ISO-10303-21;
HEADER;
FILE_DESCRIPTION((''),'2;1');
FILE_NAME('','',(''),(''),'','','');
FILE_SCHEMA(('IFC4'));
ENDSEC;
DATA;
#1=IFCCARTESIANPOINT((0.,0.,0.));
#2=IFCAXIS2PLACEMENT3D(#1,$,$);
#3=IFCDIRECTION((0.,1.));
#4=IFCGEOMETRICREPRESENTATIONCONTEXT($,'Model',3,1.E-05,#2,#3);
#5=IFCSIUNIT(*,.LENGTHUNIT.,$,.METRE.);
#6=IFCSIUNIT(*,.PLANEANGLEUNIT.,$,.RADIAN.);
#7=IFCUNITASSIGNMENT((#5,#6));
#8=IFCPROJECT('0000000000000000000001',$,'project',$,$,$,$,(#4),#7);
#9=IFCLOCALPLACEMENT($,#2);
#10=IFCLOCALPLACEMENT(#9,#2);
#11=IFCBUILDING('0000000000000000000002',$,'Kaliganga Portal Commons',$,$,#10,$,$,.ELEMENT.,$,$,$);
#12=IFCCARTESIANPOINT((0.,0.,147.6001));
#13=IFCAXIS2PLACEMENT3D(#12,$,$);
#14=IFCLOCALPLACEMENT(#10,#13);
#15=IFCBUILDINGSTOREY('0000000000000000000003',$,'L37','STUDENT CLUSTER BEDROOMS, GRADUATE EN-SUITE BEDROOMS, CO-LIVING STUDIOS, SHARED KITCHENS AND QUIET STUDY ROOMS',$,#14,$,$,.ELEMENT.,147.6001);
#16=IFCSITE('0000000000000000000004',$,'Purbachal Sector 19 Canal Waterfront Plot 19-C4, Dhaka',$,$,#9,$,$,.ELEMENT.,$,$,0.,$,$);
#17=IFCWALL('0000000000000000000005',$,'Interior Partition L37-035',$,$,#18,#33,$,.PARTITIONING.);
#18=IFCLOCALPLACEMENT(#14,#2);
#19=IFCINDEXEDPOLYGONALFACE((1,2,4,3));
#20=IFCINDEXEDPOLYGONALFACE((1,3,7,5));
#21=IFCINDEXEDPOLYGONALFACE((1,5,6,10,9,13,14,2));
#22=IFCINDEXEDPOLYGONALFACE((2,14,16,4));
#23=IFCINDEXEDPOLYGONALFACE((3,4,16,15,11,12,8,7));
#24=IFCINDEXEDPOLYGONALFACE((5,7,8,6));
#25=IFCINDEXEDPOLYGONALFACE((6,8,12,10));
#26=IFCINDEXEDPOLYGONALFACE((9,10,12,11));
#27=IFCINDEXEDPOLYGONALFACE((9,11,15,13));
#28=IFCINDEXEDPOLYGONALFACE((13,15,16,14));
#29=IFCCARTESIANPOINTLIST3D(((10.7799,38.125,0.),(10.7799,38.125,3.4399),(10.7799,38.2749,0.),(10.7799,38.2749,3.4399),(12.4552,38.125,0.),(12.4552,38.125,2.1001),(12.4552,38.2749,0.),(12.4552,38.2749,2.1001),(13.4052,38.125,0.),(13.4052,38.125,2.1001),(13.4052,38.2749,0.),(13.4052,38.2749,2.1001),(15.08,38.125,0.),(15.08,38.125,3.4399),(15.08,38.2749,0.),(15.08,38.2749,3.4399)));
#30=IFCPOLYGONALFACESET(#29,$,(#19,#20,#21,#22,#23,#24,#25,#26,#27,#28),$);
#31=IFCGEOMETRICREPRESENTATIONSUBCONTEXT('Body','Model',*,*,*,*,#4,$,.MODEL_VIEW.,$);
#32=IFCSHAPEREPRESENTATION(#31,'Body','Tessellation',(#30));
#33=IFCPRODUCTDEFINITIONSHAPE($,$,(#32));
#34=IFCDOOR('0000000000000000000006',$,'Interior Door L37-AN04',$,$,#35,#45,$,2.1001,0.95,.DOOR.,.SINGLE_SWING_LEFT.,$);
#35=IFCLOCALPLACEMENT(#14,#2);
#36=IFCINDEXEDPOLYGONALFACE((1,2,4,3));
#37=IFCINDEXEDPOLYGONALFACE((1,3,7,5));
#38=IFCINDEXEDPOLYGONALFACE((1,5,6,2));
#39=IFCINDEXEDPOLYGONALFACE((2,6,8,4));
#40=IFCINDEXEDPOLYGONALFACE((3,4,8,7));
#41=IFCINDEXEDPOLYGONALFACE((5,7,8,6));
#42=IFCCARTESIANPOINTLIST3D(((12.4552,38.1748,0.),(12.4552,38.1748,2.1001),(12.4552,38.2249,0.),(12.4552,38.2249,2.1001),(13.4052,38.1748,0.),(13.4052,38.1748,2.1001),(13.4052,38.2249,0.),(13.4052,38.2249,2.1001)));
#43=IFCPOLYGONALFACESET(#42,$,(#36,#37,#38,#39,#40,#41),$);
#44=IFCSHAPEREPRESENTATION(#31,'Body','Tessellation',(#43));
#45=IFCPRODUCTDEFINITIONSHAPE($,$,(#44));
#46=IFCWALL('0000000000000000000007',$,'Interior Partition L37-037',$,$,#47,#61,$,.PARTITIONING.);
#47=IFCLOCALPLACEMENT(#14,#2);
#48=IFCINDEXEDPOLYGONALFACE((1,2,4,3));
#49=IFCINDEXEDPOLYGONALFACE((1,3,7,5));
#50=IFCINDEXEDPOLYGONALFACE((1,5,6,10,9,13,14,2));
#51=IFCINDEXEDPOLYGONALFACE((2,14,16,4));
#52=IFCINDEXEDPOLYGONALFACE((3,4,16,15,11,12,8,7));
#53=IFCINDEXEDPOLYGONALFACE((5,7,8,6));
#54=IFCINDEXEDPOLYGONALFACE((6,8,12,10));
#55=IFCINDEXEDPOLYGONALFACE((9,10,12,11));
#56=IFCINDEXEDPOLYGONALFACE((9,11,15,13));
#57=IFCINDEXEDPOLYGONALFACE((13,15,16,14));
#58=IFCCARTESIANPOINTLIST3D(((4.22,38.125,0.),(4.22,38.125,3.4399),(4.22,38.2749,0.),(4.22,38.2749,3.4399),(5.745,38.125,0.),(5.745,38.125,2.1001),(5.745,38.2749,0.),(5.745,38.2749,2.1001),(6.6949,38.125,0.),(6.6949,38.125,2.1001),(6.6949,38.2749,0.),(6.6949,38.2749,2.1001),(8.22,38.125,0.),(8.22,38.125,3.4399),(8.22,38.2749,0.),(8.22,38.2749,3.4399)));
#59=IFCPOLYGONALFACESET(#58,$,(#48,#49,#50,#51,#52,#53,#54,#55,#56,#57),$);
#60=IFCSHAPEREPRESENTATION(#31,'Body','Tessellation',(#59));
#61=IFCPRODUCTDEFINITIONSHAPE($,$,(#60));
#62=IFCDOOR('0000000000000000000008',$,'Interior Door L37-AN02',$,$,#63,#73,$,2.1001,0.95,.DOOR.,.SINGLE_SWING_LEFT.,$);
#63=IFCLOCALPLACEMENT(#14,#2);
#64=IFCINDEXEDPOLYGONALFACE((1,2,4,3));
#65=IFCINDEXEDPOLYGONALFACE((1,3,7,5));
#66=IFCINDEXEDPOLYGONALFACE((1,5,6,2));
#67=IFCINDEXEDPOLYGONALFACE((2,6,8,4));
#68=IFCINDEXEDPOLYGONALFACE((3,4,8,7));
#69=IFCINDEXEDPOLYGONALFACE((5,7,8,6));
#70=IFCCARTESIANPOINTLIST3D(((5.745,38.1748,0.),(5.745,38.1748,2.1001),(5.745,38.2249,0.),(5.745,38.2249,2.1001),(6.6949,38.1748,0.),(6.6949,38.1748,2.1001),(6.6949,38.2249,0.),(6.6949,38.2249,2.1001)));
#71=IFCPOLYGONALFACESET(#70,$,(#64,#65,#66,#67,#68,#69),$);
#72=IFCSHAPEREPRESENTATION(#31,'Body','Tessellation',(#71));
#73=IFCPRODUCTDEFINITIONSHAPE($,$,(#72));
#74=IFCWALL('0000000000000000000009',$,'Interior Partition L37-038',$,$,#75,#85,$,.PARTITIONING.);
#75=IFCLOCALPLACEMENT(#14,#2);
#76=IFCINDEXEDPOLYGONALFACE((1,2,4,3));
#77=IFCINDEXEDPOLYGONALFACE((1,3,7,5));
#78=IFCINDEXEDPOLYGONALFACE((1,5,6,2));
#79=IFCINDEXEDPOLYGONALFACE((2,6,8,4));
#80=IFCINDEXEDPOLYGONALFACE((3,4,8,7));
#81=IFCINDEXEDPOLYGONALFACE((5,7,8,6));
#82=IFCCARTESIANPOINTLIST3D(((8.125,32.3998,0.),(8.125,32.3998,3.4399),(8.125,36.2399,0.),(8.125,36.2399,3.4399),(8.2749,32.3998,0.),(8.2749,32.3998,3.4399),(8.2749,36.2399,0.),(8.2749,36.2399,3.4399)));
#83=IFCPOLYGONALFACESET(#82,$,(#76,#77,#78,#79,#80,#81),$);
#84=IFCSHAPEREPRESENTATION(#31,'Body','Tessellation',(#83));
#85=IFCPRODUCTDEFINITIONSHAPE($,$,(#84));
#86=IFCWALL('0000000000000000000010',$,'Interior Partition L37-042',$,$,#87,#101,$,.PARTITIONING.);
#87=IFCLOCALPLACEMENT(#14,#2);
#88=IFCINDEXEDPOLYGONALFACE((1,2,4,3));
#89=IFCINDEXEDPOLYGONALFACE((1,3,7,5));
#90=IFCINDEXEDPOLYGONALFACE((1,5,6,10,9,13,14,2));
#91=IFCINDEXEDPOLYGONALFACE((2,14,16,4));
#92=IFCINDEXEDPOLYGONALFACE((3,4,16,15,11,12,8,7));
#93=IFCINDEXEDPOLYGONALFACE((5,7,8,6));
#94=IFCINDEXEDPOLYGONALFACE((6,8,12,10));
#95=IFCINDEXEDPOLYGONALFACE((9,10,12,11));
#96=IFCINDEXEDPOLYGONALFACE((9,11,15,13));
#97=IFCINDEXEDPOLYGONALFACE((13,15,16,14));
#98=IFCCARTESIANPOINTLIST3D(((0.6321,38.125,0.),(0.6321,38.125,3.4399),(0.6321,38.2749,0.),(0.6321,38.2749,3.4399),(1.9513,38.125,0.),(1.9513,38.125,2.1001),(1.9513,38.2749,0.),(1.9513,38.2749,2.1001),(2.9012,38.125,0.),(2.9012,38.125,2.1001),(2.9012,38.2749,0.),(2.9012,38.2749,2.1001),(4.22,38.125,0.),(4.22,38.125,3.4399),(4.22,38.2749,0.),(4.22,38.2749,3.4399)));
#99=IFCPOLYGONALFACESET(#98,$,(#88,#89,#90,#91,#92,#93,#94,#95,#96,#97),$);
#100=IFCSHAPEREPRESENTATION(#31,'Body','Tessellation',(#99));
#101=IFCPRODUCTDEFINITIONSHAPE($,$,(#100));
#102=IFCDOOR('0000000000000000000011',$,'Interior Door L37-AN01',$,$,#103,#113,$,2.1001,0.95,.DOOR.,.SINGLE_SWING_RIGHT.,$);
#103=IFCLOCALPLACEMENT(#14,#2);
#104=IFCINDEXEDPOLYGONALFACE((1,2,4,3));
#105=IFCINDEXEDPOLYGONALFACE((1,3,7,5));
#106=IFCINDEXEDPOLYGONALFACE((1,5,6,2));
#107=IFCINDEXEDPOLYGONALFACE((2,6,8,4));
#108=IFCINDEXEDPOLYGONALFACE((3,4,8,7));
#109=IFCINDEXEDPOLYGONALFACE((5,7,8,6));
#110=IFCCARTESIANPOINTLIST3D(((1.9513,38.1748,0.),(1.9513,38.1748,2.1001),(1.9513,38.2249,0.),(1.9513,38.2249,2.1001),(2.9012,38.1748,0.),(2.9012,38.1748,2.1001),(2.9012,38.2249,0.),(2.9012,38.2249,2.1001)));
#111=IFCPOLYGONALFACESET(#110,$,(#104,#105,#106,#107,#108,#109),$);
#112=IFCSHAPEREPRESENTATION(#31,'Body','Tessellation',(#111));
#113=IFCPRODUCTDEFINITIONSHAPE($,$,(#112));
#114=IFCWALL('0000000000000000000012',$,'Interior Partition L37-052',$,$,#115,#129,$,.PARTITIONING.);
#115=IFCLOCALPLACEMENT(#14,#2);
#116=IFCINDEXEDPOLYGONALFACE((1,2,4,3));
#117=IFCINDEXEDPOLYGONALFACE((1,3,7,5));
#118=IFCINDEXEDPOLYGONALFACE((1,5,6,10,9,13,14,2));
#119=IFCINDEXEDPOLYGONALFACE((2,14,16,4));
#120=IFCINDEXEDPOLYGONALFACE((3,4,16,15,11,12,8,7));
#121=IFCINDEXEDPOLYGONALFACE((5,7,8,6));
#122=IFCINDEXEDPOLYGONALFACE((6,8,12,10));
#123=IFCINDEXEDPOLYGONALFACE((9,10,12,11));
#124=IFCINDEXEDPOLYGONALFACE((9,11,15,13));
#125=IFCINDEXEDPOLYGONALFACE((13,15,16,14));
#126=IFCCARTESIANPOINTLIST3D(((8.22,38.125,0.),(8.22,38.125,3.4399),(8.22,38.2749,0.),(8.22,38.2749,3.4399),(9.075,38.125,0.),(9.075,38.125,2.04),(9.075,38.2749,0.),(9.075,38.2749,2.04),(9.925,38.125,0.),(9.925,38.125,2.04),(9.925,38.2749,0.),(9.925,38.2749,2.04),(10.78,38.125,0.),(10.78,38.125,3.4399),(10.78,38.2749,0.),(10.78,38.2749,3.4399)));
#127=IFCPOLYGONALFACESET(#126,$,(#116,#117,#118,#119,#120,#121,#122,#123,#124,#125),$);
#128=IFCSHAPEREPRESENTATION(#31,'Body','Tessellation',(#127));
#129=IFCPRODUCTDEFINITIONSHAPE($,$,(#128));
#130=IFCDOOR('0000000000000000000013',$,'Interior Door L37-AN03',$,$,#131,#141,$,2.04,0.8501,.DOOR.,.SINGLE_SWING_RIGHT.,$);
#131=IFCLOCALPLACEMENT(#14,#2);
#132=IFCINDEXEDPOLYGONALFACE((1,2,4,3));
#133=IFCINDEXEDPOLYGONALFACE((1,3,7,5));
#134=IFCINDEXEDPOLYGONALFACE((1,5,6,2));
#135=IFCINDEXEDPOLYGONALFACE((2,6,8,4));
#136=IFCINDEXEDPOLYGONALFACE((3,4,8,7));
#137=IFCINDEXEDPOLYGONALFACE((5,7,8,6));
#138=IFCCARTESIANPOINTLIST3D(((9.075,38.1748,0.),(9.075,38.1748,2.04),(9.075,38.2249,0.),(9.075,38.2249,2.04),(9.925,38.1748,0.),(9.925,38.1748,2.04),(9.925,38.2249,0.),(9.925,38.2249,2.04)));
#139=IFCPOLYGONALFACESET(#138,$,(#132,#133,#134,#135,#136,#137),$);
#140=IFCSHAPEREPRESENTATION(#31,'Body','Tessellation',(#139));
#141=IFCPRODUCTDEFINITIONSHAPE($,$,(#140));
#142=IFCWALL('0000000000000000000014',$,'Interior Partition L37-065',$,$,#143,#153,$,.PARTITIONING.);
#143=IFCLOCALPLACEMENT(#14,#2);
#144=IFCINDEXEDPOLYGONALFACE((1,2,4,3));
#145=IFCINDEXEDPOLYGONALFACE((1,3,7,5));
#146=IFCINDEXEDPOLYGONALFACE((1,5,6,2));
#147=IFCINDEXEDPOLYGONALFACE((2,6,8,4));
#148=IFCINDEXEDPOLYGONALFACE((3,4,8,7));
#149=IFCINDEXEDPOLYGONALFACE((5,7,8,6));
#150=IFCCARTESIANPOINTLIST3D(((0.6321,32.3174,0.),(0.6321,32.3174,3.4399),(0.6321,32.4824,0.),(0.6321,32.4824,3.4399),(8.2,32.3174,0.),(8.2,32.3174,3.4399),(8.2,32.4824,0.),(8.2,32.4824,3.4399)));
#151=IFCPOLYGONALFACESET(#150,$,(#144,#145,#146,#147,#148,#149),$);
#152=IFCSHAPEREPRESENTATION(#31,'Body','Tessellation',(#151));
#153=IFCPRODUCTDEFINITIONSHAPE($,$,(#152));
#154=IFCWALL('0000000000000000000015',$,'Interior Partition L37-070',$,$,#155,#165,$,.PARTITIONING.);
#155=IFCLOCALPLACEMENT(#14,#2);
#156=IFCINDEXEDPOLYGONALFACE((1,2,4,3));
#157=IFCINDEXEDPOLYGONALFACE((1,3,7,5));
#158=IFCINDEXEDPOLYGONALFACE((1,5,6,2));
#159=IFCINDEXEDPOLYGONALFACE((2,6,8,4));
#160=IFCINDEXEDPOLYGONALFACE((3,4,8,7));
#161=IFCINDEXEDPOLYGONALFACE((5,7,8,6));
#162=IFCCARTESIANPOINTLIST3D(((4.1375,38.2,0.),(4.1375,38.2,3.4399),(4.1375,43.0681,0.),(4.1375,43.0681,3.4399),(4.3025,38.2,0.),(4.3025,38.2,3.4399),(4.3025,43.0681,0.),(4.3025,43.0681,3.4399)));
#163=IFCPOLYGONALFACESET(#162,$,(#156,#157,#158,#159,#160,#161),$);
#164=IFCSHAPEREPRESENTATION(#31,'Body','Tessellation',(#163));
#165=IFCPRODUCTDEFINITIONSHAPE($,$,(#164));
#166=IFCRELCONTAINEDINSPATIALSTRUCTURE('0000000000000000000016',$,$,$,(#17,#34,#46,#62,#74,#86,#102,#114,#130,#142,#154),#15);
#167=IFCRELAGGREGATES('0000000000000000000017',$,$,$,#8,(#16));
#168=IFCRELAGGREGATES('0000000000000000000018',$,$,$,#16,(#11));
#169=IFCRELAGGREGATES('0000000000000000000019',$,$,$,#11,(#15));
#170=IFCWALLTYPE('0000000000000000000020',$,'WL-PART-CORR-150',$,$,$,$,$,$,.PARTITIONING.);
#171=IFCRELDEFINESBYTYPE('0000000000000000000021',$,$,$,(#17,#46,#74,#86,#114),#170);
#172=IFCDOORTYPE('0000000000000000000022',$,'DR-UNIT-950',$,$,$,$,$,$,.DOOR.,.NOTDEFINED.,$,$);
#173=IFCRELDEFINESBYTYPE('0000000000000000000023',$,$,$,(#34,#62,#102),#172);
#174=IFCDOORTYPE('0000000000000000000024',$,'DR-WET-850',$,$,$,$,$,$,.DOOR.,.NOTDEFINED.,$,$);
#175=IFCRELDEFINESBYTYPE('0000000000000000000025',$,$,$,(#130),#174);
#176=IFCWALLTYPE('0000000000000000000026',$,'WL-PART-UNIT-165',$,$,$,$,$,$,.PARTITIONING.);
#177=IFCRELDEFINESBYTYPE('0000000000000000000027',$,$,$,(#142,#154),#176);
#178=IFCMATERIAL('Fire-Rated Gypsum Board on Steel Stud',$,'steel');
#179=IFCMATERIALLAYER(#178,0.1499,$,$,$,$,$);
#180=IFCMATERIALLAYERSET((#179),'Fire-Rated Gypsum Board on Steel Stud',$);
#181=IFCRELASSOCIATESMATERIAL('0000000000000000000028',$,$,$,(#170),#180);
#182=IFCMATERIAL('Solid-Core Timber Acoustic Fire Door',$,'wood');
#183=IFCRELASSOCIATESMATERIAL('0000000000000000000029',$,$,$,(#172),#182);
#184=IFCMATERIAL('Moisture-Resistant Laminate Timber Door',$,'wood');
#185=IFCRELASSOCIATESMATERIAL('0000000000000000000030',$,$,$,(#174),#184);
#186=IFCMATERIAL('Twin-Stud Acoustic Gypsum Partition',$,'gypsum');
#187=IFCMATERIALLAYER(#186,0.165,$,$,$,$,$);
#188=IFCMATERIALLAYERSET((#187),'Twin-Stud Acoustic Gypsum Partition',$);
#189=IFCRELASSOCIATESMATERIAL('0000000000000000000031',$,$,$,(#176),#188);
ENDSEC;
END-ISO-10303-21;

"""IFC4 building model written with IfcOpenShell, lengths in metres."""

from ifc_helpers import new_model, si_unit, direction, frame, frame_2d, origin, place, context, subcontext, project, spatial, rectangle, extrude, material, layer, layer_set, type_object, element, fill, save


model = new_model("IFC4")

# Units and contexts
model_context = context("Model", 3, precision=1e-05, world=origin(), true_north=direction((0.0, 1.0)))
body_context = subcontext(model_context, "Body", "Model", "MODEL_VIEW")
ifc_project = project(units=[si_unit("LENGTHUNIT", "METRE"), si_unit("PLANEANGLEUNIT", "RADIAN")], contexts=[model_context])

# Site, building, storey
site_placement = place(None, origin())
site = spatial("IfcSite", under=ifc_project, at=site_placement, Name="Purbachal Sector 19 Canal Waterfront Plot 19-C4, Dhaka", CompositionType="ELEMENT", RefElevation=0.0)
building_placement = place(site_placement, origin())
building = spatial("IfcBuilding", under=site, at=building_placement, Name="Kaliganga Portal Commons", CompositionType="ELEMENT")
storey_placement = place(building_placement, frame((0.0, 0.0, 147.6001)))
storey = spatial("IfcBuildingStorey", under=building, at=storey_placement, Name="L37", Description="STUDENT CLUSTER BEDROOMS, GRADUATE EN-SUITE BEDROOMS, CO-LIVING STUDIOS, SHARED KITCHENS AND QUIET STUDY ROOMS", CompositionType="ELEMENT", Elevation=147.6001)

# Shared definitions
ifc_material_1 = material(Name="Fire-Rated Gypsum Board on Steel Stud", Category="steel")
ifc_layer_1 = layer(ifc_material_1, 0.1499)
ifc_layer_set_1 = layer_set([ifc_layer_1], Name="Fire-Rated Gypsum Board on Steel Stud")
wall_type_1 = type_object("IfcWallType", Name="WL-PART-CORR-150", PredefinedType="PARTITIONING", material=ifc_layer_set_1)
ifc_material_2 = material(Name="Solid-Core Timber Acoustic Fire Door", Category="wood")
door_type_1 = type_object("IfcDoorType", Name="DR-UNIT-950", OperationType="NOTDEFINED", PredefinedType="DOOR", material=ifc_material_2)

# Walls, openings, doors
wall_1_placement = place(storey_placement, frame((10.78, 38.2, 0.0), z_axis=(0.0, 0.0, 1.0), x_axis=(1.0, 0.0, 0.0)))
wall_1 = element("IfcWall", 1, at=wall_1_placement, inside=storey, type_object=wall_type_1, Name="Interior Partition L37-035", PredefinedType="PARTITIONING", context=body_context, shape_type="SweptSolid", body=[
    extrude(rectangle(XDim=4.3, YDim=0.1499, at=frame_2d((2.1499, 0.0))), origin(), (0.0, 0.0, 1.0), 3.4399),
])
opening_1_placement = place(wall_1_placement, frame((1.675, 0.0, 0.0)))
opening_1 = element("IfcOpeningElement", 2, at=opening_1_placement, cuts=wall_1, PredefinedType="OPENING", context=body_context, shape_type="SweptSolid", body=[
    extrude(rectangle(XDim=0.95, YDim=2.1001, at=frame_2d((0.4751, 1.05))), frame((0.0, 0.085, 0.0), z_axis=(0.0, -1.0, 0.0), x_axis=(1.0, 0.0, 0.0)), (0.0, 0.0, 1.0), 0.1699),
])
door_1_placement = place(opening_1_placement, origin())
door_1 = element("IfcDoor", 3, at=door_1_placement, inside=storey, type_object=door_type_1, Name="Interior Door L37-AN04", OperationType="SINGLE_SWING_LEFT", OverallHeight=2.1001, OverallWidth=0.95, PredefinedType="DOOR", context=body_context, shape_type="SweptSolid", body=[
    extrude(rectangle(XDim=0.95, YDim=2.1001, at=frame_2d((0.4751, 1.05))), frame((0.0, 0.0249, 0.0), z_axis=(0.0, -1.0, 0.0), x_axis=(1.0, 0.0, 0.0)), (0.0, 0.0, 1.0), 0.05),
])
fill(opening_1, door_1)
wall_2_placement = place(storey_placement, frame((4.22, 38.2, 0.0), z_axis=(0.0, 0.0, 1.0), x_axis=(1.0, 0.0, 0.0)))
wall_2 = element("IfcWall", 4, at=wall_2_placement, inside=storey, type_object=wall_type_1, Name="Interior Partition L37-037", PredefinedType="PARTITIONING", context=body_context, shape_type="SweptSolid", body=[
    extrude(rectangle(XDim=4.0, YDim=0.1499, at=frame_2d((2.0, 0.0))), origin(), (0.0, 0.0, 1.0), 3.4399),
])
opening_2_placement = place(wall_2_placement, frame((1.5249, 0.0, 0.0)))
opening_2 = element("IfcOpeningElement", 5, at=opening_2_placement, cuts=wall_2, PredefinedType="OPENING", context=body_context, shape_type="SweptSolid", body=[
    extrude(rectangle(XDim=0.95, YDim=2.1001, at=frame_2d((0.4751, 1.05))), frame((0.0, 0.085, 0.0), z_axis=(0.0, -1.0, 0.0), x_axis=(1.0, 0.0, 0.0)), (0.0, 0.0, 1.0), 0.1699),
])
door_2_placement = place(opening_2_placement, origin())
door_2 = element("IfcDoor", 6, at=door_2_placement, inside=storey, type_object=door_type_1, Name="Interior Door L37-AN02", OperationType="SINGLE_SWING_LEFT", OverallHeight=2.1001, OverallWidth=0.95, PredefinedType="DOOR", context=body_context, shape_type="SweptSolid", body=[
    extrude(rectangle(XDim=0.95, YDim=2.1001, at=frame_2d((0.4751, 1.05))), frame((0.0, 0.0249, 0.0), z_axis=(0.0, -1.0, 0.0), x_axis=(1.0, 0.0, 0.0)), (0.0, 0.0, 1.0), 0.05),
])
fill(opening_2, door_2)

# Wall
wall_3_placement = place(storey_placement, frame((8.2, 32.3999, 0.0), z_axis=(0.0, 0.0, 1.0), x_axis=(0.0, 1.0, 0.0)))
element("IfcWall", 7, at=wall_3_placement, inside=storey, type_object=wall_type_1, Name="Interior Partition L37-038", PredefinedType="PARTITIONING", context=body_context, shape_type="SweptSolid", body=[
    extrude(rectangle(XDim=3.8401, YDim=0.1499, at=frame_2d((1.9199, 0.0))), origin(), (0.0, 0.0, 1.0), 3.4399),
])

# Walls, openings, doors
wall_4_placement = place(storey_placement, frame((0.6321, 38.2, 0.0), z_axis=(0.0, 0.0, 1.0), x_axis=(1.0, 0.0, 0.0)))
wall_4 = element("IfcWall", 8, at=wall_4_placement, inside=storey, type_object=wall_type_1, Name="Interior Partition L37-042", PredefinedType="PARTITIONING", context=body_context, shape_type="SweptSolid", body=[
    extrude(rectangle(XDim=3.5879, YDim=0.1499, at=frame_2d((1.7939, 0.0))), origin(), (0.0, 0.0, 1.0), 3.4399),
])
opening_3_placement = place(wall_4_placement, frame((1.3191, 0.0, 0.0)))
opening_3 = element("IfcOpeningElement", 9, at=opening_3_placement, cuts=wall_4, PredefinedType="OPENING", context=body_context, shape_type="SweptSolid", body=[
    extrude(rectangle(XDim=0.95, YDim=2.1001, at=frame_2d((0.4751, 1.05))), frame((0.0, 0.085, 0.0), z_axis=(0.0, -1.0, 0.0), x_axis=(1.0, 0.0, 0.0)), (0.0, 0.0, 1.0), 0.1699),
])
door_3_placement = place(opening_3_placement, origin())
door_3 = element("IfcDoor", 10, at=door_3_placement, inside=storey, type_object=door_type_1, Name="Interior Door L37-AN01", OperationType="SINGLE_SWING_RIGHT", OverallHeight=2.1001, OverallWidth=0.95, PredefinedType="DOOR", context=body_context, shape_type="SweptSolid", body=[
    extrude(rectangle(XDim=0.95, YDim=2.1001, at=frame_2d((0.4751, 1.05))), frame((0.0, 0.0249, 0.0), z_axis=(0.0, -1.0, 0.0), x_axis=(1.0, 0.0, 0.0)), (0.0, 0.0, 1.0), 0.05),
])
fill(opening_3, door_3)
wall_5_placement = place(storey_placement, frame((8.22, 38.2, 0.0), z_axis=(0.0, 0.0, 1.0), x_axis=(1.0, 0.0, 0.0)))
wall_5 = element("IfcWall", 11, at=wall_5_placement, inside=storey, type_object=wall_type_1, Name="Interior Partition L37-052", PredefinedType="PARTITIONING", context=body_context, shape_type="SweptSolid", body=[
    extrude(rectangle(XDim=2.5601, YDim=0.1499, at=frame_2d((1.28, 0.0))), origin(), (0.0, 0.0, 1.0), 3.4399),
])
opening_4_placement = place(wall_5_placement, frame((0.855, 0.0, 0.0)))
opening_4 = element("IfcOpeningElement", 12, at=opening_4_placement, cuts=wall_5, PredefinedType="OPENING", context=body_context, shape_type="SweptSolid", body=[
    extrude(rectangle(XDim=0.8501, YDim=2.04, at=frame_2d((0.425, 1.02))), frame((0.0, 0.085, 0.0), z_axis=(0.0, -1.0, 0.0), x_axis=(1.0, 0.0, 0.0)), (0.0, 0.0, 1.0), 0.1699),
])
ifc_material_3 = material(Name="Moisture-Resistant Laminate Timber Door", Category="wood")
door_type_2 = type_object("IfcDoorType", Name="DR-WET-850", OperationType="NOTDEFINED", PredefinedType="DOOR", material=ifc_material_3)
door_4_placement = place(opening_4_placement, origin())
door_4 = element("IfcDoor", 13, at=door_4_placement, inside=storey, type_object=door_type_2, Name="Interior Door L37-AN03", OperationType="SINGLE_SWING_RIGHT", OverallHeight=2.04, OverallWidth=0.8501, PredefinedType="DOOR", context=body_context, shape_type="SweptSolid", body=[
    extrude(rectangle(XDim=0.8501, YDim=2.04, at=frame_2d((0.425, 1.02))), frame((0.0, 0.0249, 0.0), z_axis=(0.0, -1.0, 0.0), x_axis=(1.0, 0.0, 0.0)), (0.0, 0.0, 1.0), 0.05),
])
fill(opening_4, door_4)

# Walls
ifc_material_4 = material(Name="Twin-Stud Acoustic Gypsum Partition", Category="gypsum")
ifc_layer_2 = layer(ifc_material_4, 0.165)
ifc_layer_set_2 = layer_set([ifc_layer_2], Name="Twin-Stud Acoustic Gypsum Partition")
wall_type_2 = type_object("IfcWallType", Name="WL-PART-UNIT-165", PredefinedType="PARTITIONING", material=ifc_layer_set_2)
wall_6_placement = place(storey_placement, frame((0.6321, 32.3999, 0.0), z_axis=(0.0, 0.0, 1.0), x_axis=(1.0, 0.0, 0.0)))
element("IfcWall", 14, at=wall_6_placement, inside=storey, type_object=wall_type_2, Name="Interior Partition L37-065", PredefinedType="PARTITIONING", context=body_context, shape_type="SweptSolid", body=[
    extrude(rectangle(XDim=7.5679, YDim=0.165, at=frame_2d((3.7839, 0.0))), origin(), (0.0, 0.0, 1.0), 3.4399),
])
wall_7_placement = place(storey_placement, frame((4.22, 38.2, 0.0), z_axis=(0.0, 0.0, 1.0), x_axis=(0.0, 1.0, 0.0)))
element("IfcWall", 15, at=wall_7_placement, inside=storey, type_object=wall_type_2, Name="Interior Partition L37-070", PredefinedType="PARTITIONING", context=body_context, shape_type="SweptSolid", body=[
    extrude(rectangle(XDim=4.8682, YDim=0.165, at=frame_2d((2.4341, 0.0))), origin(), (0.0, 0.0, 1.0), 3.4399),
])

save(model, "model.ifc")
